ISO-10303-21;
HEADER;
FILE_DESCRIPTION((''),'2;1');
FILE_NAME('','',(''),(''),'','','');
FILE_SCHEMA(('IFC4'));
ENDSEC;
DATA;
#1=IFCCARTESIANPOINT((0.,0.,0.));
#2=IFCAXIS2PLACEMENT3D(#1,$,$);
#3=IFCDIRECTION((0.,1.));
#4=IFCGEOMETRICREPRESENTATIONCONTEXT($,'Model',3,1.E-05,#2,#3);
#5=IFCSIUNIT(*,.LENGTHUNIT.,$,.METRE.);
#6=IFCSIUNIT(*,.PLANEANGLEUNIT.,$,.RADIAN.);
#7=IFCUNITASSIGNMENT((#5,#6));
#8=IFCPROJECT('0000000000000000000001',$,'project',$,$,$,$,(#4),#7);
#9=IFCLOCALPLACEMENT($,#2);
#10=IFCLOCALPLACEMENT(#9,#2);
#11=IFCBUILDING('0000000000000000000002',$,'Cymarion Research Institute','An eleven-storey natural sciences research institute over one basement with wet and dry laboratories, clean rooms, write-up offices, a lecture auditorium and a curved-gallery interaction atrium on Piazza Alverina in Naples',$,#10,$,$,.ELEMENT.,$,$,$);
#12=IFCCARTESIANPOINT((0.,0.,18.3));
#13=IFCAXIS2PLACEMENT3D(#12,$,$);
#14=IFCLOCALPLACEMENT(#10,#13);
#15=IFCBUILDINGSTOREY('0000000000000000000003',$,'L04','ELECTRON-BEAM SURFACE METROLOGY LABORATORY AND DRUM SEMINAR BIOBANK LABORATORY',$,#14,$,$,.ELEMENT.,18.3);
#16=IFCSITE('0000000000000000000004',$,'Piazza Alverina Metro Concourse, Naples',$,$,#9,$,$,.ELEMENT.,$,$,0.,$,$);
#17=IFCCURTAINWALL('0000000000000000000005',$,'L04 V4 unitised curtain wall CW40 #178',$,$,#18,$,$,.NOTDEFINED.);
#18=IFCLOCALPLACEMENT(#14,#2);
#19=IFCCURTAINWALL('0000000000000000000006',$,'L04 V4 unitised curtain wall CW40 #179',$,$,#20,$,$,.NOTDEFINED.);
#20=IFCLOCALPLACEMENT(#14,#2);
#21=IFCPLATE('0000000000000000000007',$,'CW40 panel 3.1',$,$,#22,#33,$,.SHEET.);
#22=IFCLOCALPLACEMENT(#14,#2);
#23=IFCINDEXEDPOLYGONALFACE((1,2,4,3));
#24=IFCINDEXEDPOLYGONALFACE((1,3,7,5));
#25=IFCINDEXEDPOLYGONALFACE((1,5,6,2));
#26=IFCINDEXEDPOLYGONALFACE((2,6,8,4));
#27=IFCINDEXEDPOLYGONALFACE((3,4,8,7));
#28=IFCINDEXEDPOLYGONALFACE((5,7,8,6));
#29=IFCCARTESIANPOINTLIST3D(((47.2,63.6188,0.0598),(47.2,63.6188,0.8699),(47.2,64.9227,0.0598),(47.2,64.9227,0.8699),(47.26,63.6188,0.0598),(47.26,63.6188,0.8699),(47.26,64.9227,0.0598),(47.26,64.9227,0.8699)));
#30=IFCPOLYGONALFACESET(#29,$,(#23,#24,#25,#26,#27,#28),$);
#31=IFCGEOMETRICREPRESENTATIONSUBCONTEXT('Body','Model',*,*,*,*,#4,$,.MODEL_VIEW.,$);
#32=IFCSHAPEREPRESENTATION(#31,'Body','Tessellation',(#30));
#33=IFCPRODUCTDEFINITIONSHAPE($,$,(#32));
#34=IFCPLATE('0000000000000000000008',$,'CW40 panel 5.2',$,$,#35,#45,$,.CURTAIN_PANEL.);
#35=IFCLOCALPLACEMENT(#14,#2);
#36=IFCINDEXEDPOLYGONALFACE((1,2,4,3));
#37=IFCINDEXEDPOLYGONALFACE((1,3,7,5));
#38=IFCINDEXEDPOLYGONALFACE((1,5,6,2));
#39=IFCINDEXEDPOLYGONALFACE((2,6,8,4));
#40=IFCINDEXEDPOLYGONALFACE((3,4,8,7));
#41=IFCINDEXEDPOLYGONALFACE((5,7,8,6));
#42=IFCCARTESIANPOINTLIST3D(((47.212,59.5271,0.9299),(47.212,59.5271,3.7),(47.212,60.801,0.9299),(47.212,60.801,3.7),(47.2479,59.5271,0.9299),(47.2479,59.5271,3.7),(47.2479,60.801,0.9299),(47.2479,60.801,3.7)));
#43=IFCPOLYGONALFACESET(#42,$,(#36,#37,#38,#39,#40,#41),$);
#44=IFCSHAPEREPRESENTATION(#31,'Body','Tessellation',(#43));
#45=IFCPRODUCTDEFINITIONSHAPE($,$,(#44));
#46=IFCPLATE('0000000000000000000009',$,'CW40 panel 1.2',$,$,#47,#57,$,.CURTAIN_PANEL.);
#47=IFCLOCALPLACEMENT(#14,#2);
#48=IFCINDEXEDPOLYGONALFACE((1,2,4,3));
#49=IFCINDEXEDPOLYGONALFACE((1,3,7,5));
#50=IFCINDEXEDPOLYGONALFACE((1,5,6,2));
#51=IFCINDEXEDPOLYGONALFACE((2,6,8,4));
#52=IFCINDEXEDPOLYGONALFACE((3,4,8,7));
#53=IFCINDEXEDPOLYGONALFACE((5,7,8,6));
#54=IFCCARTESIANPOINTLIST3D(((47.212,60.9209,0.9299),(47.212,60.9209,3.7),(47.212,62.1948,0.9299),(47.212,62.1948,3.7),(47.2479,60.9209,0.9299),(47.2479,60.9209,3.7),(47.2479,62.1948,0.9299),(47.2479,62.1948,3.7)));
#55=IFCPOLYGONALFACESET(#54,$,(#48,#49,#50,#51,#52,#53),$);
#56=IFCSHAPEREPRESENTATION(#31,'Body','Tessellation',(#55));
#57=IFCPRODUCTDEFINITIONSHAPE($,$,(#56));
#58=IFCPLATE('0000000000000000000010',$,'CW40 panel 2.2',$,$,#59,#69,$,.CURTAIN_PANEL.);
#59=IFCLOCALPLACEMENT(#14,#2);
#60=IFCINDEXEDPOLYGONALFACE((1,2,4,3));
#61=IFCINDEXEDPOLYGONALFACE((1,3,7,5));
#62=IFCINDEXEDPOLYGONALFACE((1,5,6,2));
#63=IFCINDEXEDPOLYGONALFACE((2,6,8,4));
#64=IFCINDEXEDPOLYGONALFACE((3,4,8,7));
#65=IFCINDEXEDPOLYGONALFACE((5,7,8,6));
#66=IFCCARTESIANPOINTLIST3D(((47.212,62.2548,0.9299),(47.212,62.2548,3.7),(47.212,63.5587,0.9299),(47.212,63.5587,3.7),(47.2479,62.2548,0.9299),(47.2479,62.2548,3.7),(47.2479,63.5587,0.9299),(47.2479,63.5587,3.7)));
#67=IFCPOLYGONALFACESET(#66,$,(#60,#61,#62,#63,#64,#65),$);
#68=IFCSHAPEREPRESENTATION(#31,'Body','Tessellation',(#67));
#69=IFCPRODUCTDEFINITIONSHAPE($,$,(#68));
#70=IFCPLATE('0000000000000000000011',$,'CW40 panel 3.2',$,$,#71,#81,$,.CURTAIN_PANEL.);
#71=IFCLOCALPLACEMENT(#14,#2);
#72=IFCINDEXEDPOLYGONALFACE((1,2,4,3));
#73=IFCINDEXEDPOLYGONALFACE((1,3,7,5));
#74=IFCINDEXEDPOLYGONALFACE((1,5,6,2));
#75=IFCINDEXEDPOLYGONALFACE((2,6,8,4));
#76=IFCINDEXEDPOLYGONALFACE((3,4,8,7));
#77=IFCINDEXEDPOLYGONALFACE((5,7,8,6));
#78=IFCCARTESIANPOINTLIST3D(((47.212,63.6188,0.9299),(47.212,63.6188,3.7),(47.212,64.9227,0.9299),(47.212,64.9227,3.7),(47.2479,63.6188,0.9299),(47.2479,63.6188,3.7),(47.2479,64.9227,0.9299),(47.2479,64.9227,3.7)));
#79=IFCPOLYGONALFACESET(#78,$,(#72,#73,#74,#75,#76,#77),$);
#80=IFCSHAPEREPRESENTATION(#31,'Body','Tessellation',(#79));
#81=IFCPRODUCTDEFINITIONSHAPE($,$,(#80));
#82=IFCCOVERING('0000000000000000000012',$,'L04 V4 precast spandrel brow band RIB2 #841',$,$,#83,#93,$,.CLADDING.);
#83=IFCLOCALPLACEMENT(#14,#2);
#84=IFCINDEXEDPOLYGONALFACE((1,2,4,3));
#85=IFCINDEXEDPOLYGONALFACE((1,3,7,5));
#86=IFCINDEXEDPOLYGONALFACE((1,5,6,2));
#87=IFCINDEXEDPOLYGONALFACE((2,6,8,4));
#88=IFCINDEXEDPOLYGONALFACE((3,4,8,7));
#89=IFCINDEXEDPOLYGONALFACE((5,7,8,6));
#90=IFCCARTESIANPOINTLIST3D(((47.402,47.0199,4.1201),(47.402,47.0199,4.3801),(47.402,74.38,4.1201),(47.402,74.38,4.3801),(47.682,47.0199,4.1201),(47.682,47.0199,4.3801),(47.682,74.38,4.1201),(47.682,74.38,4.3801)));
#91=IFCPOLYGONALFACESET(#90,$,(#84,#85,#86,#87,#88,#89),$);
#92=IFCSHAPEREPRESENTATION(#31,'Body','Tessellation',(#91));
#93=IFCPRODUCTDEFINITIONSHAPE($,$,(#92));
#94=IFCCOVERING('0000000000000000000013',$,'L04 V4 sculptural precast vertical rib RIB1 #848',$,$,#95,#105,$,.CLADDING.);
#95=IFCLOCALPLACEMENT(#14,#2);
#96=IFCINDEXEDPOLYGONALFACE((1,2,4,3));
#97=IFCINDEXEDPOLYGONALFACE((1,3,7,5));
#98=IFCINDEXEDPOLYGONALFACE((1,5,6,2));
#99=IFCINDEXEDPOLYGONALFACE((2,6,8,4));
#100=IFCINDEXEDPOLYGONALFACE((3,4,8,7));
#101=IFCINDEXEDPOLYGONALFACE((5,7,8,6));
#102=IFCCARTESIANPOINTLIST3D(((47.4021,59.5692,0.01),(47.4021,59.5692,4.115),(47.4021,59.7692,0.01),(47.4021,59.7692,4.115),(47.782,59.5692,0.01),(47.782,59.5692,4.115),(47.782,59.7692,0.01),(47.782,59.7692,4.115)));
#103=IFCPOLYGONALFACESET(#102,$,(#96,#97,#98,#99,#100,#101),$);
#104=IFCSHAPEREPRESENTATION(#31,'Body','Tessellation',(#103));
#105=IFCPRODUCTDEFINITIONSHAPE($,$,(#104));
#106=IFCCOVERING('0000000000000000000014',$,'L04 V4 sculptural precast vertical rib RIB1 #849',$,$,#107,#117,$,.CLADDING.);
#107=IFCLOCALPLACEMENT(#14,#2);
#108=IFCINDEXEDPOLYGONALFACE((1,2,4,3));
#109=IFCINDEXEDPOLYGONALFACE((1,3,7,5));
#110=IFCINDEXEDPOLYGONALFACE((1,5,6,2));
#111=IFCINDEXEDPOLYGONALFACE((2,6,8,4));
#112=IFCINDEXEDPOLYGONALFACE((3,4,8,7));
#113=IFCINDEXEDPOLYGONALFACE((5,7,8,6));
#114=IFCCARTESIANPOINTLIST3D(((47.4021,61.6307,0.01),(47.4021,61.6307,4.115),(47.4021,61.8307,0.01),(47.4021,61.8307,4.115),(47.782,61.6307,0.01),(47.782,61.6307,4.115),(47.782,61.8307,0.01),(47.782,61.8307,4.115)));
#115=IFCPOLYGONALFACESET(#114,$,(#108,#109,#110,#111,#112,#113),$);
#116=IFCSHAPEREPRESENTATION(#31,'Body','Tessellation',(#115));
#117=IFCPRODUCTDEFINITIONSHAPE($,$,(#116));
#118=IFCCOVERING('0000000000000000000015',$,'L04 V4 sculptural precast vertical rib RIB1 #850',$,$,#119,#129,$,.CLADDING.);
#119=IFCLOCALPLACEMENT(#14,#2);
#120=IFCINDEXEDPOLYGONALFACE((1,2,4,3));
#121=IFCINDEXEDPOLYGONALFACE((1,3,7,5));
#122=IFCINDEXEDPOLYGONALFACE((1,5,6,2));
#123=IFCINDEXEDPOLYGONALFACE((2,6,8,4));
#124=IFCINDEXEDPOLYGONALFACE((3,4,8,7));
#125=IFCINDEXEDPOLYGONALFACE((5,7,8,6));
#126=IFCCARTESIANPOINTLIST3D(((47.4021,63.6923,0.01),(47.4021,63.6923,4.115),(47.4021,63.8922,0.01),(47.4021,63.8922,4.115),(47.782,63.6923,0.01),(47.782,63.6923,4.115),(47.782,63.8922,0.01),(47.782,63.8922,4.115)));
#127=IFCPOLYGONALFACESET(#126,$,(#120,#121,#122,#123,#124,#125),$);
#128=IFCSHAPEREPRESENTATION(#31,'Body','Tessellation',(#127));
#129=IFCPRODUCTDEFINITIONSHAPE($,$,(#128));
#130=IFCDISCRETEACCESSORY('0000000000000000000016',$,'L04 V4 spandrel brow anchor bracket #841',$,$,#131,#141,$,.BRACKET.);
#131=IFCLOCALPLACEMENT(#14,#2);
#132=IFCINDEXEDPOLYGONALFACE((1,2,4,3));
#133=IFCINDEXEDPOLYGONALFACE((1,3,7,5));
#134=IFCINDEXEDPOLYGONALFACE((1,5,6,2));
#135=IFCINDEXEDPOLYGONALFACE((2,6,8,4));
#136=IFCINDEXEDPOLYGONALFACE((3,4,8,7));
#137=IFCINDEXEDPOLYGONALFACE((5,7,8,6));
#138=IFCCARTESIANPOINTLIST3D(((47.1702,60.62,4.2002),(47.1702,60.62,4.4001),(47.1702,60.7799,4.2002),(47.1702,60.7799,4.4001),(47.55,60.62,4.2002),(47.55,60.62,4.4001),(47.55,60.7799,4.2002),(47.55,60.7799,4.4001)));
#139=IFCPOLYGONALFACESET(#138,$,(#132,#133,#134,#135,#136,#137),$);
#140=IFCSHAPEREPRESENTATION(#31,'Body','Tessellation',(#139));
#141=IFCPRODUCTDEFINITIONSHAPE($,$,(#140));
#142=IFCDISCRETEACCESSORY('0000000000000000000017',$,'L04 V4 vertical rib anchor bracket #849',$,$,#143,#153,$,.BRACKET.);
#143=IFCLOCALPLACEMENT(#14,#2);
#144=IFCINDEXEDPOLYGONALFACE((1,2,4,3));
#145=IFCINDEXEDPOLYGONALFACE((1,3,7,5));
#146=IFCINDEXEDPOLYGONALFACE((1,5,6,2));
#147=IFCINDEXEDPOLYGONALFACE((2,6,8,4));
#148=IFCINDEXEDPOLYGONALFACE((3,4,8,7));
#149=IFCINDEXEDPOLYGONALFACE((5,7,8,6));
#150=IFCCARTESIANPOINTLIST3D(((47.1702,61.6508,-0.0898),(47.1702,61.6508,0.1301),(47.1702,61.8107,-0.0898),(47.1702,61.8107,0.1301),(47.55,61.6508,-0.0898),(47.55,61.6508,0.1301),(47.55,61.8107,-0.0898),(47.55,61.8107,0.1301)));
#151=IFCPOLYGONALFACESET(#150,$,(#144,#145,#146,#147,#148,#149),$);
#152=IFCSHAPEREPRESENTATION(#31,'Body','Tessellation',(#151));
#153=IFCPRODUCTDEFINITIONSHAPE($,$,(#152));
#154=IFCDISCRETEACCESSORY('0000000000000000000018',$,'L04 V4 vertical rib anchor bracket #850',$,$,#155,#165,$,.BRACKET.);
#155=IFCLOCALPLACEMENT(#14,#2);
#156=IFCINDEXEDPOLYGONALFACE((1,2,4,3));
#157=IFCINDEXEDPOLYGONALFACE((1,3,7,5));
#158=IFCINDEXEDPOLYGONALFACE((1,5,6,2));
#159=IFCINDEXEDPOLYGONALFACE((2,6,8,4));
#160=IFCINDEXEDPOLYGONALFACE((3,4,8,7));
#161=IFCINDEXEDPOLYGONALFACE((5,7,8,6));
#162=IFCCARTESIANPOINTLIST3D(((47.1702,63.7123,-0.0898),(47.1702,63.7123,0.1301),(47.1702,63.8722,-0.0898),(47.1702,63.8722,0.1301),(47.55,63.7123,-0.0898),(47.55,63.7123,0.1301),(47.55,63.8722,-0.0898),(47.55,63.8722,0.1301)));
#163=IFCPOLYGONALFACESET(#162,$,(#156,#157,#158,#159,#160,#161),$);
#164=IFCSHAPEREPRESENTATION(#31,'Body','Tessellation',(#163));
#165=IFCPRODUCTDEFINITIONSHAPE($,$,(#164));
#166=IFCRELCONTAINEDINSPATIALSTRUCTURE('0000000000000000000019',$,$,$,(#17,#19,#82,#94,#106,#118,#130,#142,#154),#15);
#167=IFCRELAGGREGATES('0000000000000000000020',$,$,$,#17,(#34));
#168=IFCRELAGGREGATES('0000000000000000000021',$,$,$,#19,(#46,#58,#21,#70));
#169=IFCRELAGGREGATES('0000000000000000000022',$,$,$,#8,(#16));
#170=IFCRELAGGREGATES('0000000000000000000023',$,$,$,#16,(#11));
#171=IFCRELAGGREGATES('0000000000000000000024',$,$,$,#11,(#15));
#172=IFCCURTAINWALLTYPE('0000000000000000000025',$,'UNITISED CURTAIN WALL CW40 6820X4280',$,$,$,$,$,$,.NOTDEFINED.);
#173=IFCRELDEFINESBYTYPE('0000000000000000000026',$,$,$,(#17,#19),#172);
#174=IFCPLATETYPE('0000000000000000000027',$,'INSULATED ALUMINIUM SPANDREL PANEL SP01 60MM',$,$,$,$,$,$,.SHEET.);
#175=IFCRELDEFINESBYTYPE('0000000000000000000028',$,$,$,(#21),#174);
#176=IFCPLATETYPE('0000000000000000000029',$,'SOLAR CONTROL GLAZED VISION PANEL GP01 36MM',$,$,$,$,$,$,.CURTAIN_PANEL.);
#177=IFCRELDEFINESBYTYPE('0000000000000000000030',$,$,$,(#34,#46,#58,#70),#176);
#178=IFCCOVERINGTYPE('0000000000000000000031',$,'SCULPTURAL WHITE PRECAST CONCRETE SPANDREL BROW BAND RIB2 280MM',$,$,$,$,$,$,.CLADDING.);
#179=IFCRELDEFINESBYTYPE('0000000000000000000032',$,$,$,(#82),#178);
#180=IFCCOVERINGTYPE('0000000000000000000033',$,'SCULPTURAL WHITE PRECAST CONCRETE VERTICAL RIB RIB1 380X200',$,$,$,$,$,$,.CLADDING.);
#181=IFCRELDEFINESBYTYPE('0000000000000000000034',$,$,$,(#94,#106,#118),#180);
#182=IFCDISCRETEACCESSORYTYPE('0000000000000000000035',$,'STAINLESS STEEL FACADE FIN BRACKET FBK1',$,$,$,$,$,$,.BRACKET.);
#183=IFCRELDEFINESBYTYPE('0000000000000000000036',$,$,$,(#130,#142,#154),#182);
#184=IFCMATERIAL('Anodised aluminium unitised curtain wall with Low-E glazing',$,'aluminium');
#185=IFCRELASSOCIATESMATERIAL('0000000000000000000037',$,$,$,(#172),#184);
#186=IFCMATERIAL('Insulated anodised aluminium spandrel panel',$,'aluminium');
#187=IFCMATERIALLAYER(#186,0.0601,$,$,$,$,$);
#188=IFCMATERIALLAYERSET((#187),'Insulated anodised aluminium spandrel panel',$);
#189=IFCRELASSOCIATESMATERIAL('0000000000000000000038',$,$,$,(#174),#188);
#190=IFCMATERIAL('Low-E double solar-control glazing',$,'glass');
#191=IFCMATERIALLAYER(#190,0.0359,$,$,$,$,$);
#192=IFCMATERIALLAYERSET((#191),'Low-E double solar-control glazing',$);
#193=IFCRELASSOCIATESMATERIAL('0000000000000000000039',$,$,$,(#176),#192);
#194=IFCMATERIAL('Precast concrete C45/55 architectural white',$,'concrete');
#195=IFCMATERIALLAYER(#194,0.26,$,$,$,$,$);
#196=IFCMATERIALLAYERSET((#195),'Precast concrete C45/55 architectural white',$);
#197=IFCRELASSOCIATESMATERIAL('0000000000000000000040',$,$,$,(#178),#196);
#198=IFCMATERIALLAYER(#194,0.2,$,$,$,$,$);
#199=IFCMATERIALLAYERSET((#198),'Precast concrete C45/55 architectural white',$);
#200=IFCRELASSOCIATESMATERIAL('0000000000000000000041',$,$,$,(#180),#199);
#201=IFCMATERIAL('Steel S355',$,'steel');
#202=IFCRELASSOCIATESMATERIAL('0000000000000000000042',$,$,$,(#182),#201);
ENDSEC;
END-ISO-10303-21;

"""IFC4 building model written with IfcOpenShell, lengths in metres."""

from ifc_helpers import new_model, si_unit, direction, frame, origin, origin_2d, place, context, subcontext, project, spatial, rectangle, extrude, material, layer, layer_set, type_object, element, aggregate, save


model = new_model("IFC4")

# Units and contexts
model_context = context("Model", 3, precision=1e-05, world=origin(), true_north=direction((0.0, 1.0)))
body_context = subcontext(model_context, "Body", "Model", "MODEL_VIEW")
ifc_project = project(units=[si_unit("LENGTHUNIT", "METRE"), si_unit("PLANEANGLEUNIT", "RADIAN")], contexts=[model_context])

# Site, building, storey
site_placement = place(None, origin())
site = spatial("IfcSite", under=ifc_project, at=site_placement, Name="Piazza Alverina Metro Concourse, Naples", CompositionType="ELEMENT", RefElevation=0.0)
building_placement = place(site_placement, origin())
building = spatial("IfcBuilding", under=site, at=building_placement, Name="Cymarion Research Institute", Description="An eleven-storey natural sciences research institute over one basement with wet and dry laboratories, clean rooms, write-up offices, a lecture auditorium and a curved-gallery interaction atrium on Piazza Alverina in Naples", CompositionType="ELEMENT")
storey_placement = place(building_placement, frame((0.0, 0.0, 18.3)))
storey = spatial("IfcBuildingStorey", under=building, at=storey_placement, Name="L04", Description="ELECTRON-BEAM SURFACE METROLOGY LABORATORY AND DRUM SEMINAR BIOBANK LABORATORY", CompositionType="ELEMENT", Elevation=18.3)

# Shared definitions
ifc_material_1 = material(Name="Steel S355", Category="steel")

# Curtain wall
ifc_material_2 = material(Name="Anodised aluminium unitised curtain wall with Low-E glazing", Category="aluminium")
curtain_wall_type = type_object("IfcCurtainWallType", Name="UNITISED CURTAIN WALL CW40 6820X4280", PredefinedType="NOTDEFINED", material=ifc_material_2)
curtain_wall_1_placement = place(storey_placement, origin())
curtain_wall_1 = element("IfcCurtainWall", 1, at=curtain_wall_1_placement, inside=storey, type_object=curtain_wall_type, Name="L04 V4 unitised curtain wall CW40 #178", PredefinedType="NOTDEFINED")

# Curtain wall
curtain_wall_2_placement = place(storey_placement, origin())
curtain_wall_2 = element("IfcCurtainWall", 2, at=curtain_wall_2_placement, inside=storey, type_object=curtain_wall_type, Name="L04 V4 unitised curtain wall CW40 #179", PredefinedType="NOTDEFINED")

# Plates
ifc_material_3 = material(Name="Insulated anodised aluminium spandrel panel", Category="aluminium")
ifc_layer_1 = layer(ifc_material_3, 0.0601)
ifc_layer_set_1 = layer_set([ifc_layer_1], Name="Insulated anodised aluminium spandrel panel")
plate_type_1 = type_object("IfcPlateType", Name="INSULATED ALUMINIUM SPANDREL PANEL SP01 60MM", PredefinedType="SHEET", material=ifc_layer_set_1)
plate_1_placement = place(storey_placement, frame((47.23, 64.2708, 0.0598), z_axis=(0.0, 0.0, 1.0), x_axis=(0.0, 1.0, 0.0)))
plate_1 = element("IfcPlate", 3, at=plate_1_placement, type_object=plate_type_1, Name="CW40 panel 3.1", PredefinedType="SHEET", context=body_context, shape_type="SweptSolid", body=[
    extrude(rectangle(XDim=1.304, YDim=0.0601, at=origin_2d()), origin(), (0.0, 0.0, 1.0), 0.8101),
])
ifc_material_4 = material(Name="Low-E double solar-control glazing", Category="glass")
ifc_layer_2 = layer(ifc_material_4, 0.0359)
ifc_layer_set_2 = layer_set([ifc_layer_2], Name="Low-E double solar-control glazing")
plate_type_2 = type_object("IfcPlateType", Name="SOLAR CONTROL GLAZED VISION PANEL GP01 36MM", PredefinedType="CURTAIN_PANEL", material=ifc_layer_set_2)
plate_2_placement = place(storey_placement, frame((47.23, 60.1641, 0.9299), z_axis=(0.0, 0.0, 1.0), x_axis=(0.0, 1.0, 0.0)))
plate_2 = element("IfcPlate", 4, at=plate_2_placement, type_object=plate_type_2, Name="CW40 panel 5.2", PredefinedType="CURTAIN_PANEL", context=body_context, shape_type="SweptSolid", body=[
    extrude(rectangle(XDim=1.2739, YDim=0.0359, at=origin_2d()), origin(), (0.0, 0.0, 1.0), 2.77),
])
aggregate(curtain_wall_1, [plate_2])
plate_3_placement = place(storey_placement, frame((47.23, 61.5579, 0.9299), z_axis=(0.0, 0.0, 1.0), x_axis=(0.0, 1.0, 0.0)))
plate_3 = element("IfcPlate", 5, at=plate_3_placement, type_object=plate_type_2, Name="CW40 panel 1.2", PredefinedType="CURTAIN_PANEL", context=body_context, shape_type="SweptSolid", body=[
    extrude(rectangle(XDim=1.2739, YDim=0.0359, at=origin_2d()), origin(), (0.0, 0.0, 1.0), 2.77),
])
plate_4_placement = place(storey_placement, frame((47.23, 62.9067, 0.9299), z_axis=(0.0, 0.0, 1.0), x_axis=(0.0, 1.0, 0.0)))
plate_4 = element("IfcPlate", 6, at=plate_4_placement, type_object=plate_type_2, Name="CW40 panel 2.2", PredefinedType="CURTAIN_PANEL", context=body_context, shape_type="SweptSolid", body=[
    extrude(rectangle(XDim=1.304, YDim=0.0359, at=origin_2d()), origin(), (0.0, 0.0, 1.0), 2.77),
])
plate_5_placement = place(storey_placement, frame((47.23, 64.2708, 0.9299), z_axis=(0.0, 0.0, 1.0), x_axis=(0.0, 1.0, 0.0)))
plate_5 = element("IfcPlate", 7, at=plate_5_placement, type_object=plate_type_2, Name="CW40 panel 3.2", PredefinedType="CURTAIN_PANEL", context=body_context, shape_type="SweptSolid", body=[
    extrude(rectangle(XDim=1.304, YDim=0.0359, at=origin_2d()), origin(), (0.0, 0.0, 1.0), 2.77),
])
aggregate(curtain_wall_2, [plate_3, plate_4, plate_1, plate_5])

# Coverings
ifc_material_5 = material(Name="Precast concrete C45/55 architectural white", Category="concrete")
ifc_layer_3 = layer(ifc_material_5, 0.26)
ifc_layer_set_3 = layer_set([ifc_layer_3], Name="Precast concrete C45/55 architectural white")
covering_type_1 = type_object("IfcCoveringType", Name="SCULPTURAL WHITE PRECAST CONCRETE SPANDREL BROW BAND RIB2 280MM", PredefinedType="CLADDING", material=ifc_layer_set_3)
covering_placement = place(storey_placement, frame((47.542, 60.7, 4.1201), z_axis=(0.0, 0.0, 1.0), x_axis=(1.0, 0.0, 0.0)))
element("IfcCovering", 8, at=covering_placement, inside=storey, type_object=covering_type_1, Name="L04 V4 precast spandrel brow band RIB2 #841", PredefinedType="CLADDING", context=body_context, shape_type="SweptSolid", body=[
    extrude(rectangle(XDim=0.28, YDim=27.3601, at=origin_2d()), origin(), (0.0, 0.0, 1.0), 0.26),
])
ifc_layer_4 = layer(ifc_material_5, 0.2)
ifc_layer_set_4 = layer_set([ifc_layer_4], Name="Precast concrete C45/55 architectural white")
covering_type_2 = type_object("IfcCoveringType", Name="SCULPTURAL WHITE PRECAST CONCRETE VERTICAL RIB RIB1 380X200", PredefinedType="CLADDING", material=ifc_layer_set_4)
for number, where, z_axis, x_axis, name in (
    (9, (47.592, 59.6692, 0.01), (0.0, 0.0, 1.0), (1.0, 0.0, 0.0), "L04 V4 sculptural precast vertical rib RIB1 #848"),
    (10, (47.592, 61.7307, 0.01), (0.0, 0.0, 1.0), (1.0, 0.0, 0.0), "L04 V4 sculptural precast vertical rib RIB1 #849"),
    (11, (47.592, 63.7922, 0.01), (0.0, 0.0, 1.0), (1.0, 0.0, 0.0), "L04 V4 sculptural precast vertical rib RIB1 #850"),
):
    element("IfcCovering", number, at=place(storey_placement, frame(where, z_axis=z_axis, x_axis=x_axis)), inside=storey, type_object=covering_type_2, Name=name, PredefinedType="CLADDING", context=body_context, shape_type="SweptSolid", body=[
        extrude(rectangle(XDim=0.3799, YDim=0.2, at=origin_2d()), origin(), (0.0, 0.0, 1.0), 4.105),
    ])

# Discrete accessories
discrete_accessory_type = type_object("IfcDiscreteAccessoryType", Name="STAINLESS STEEL FACADE FIN BRACKET FBK1", PredefinedType="BRACKET", material=ifc_material_1)
discrete_accessory_placement = place(storey_placement, frame((47.3601, 60.7, 4.2002), z_axis=(0.0, 0.0, 1.0), x_axis=(1.0, 0.0, 0.0)))
element("IfcDiscreteAccessory", 12, at=discrete_accessory_placement, inside=storey, type_object=discrete_accessory_type, Name="L04 V4 spandrel brow anchor bracket #841", PredefinedType="BRACKET", context=body_context, shape_type="SweptSolid", body=[
    extrude(rectangle(XDim=0.3799, YDim=0.1599, at=origin_2d()), origin(), (0.0, 0.0, 1.0), 0.2),
])
for number, where, z_axis, x_axis, name in (
    (13, (47.3601, 61.7307, -0.0898), (0.0, 0.0, 1.0), (1.0, 0.0, 0.0), "L04 V4 vertical rib anchor bracket #849"),
    (14, (47.3601, 63.7922, -0.0898), (0.0, 0.0, 1.0), (1.0, 0.0, 0.0), "L04 V4 vertical rib anchor bracket #850"),
):
    element("IfcDiscreteAccessory", number, at=place(storey_placement, frame(where, z_axis=z_axis, x_axis=x_axis)), inside=storey, type_object=discrete_accessory_type, Name=name, PredefinedType="BRACKET", context=body_context, shape_type="SweptSolid", body=[
        extrude(rectangle(XDim=0.3799, YDim=0.1599, at=origin_2d()), origin(), (0.0, 0.0, 1.0), 0.22),
    ])

save(model, "model.ifc")
